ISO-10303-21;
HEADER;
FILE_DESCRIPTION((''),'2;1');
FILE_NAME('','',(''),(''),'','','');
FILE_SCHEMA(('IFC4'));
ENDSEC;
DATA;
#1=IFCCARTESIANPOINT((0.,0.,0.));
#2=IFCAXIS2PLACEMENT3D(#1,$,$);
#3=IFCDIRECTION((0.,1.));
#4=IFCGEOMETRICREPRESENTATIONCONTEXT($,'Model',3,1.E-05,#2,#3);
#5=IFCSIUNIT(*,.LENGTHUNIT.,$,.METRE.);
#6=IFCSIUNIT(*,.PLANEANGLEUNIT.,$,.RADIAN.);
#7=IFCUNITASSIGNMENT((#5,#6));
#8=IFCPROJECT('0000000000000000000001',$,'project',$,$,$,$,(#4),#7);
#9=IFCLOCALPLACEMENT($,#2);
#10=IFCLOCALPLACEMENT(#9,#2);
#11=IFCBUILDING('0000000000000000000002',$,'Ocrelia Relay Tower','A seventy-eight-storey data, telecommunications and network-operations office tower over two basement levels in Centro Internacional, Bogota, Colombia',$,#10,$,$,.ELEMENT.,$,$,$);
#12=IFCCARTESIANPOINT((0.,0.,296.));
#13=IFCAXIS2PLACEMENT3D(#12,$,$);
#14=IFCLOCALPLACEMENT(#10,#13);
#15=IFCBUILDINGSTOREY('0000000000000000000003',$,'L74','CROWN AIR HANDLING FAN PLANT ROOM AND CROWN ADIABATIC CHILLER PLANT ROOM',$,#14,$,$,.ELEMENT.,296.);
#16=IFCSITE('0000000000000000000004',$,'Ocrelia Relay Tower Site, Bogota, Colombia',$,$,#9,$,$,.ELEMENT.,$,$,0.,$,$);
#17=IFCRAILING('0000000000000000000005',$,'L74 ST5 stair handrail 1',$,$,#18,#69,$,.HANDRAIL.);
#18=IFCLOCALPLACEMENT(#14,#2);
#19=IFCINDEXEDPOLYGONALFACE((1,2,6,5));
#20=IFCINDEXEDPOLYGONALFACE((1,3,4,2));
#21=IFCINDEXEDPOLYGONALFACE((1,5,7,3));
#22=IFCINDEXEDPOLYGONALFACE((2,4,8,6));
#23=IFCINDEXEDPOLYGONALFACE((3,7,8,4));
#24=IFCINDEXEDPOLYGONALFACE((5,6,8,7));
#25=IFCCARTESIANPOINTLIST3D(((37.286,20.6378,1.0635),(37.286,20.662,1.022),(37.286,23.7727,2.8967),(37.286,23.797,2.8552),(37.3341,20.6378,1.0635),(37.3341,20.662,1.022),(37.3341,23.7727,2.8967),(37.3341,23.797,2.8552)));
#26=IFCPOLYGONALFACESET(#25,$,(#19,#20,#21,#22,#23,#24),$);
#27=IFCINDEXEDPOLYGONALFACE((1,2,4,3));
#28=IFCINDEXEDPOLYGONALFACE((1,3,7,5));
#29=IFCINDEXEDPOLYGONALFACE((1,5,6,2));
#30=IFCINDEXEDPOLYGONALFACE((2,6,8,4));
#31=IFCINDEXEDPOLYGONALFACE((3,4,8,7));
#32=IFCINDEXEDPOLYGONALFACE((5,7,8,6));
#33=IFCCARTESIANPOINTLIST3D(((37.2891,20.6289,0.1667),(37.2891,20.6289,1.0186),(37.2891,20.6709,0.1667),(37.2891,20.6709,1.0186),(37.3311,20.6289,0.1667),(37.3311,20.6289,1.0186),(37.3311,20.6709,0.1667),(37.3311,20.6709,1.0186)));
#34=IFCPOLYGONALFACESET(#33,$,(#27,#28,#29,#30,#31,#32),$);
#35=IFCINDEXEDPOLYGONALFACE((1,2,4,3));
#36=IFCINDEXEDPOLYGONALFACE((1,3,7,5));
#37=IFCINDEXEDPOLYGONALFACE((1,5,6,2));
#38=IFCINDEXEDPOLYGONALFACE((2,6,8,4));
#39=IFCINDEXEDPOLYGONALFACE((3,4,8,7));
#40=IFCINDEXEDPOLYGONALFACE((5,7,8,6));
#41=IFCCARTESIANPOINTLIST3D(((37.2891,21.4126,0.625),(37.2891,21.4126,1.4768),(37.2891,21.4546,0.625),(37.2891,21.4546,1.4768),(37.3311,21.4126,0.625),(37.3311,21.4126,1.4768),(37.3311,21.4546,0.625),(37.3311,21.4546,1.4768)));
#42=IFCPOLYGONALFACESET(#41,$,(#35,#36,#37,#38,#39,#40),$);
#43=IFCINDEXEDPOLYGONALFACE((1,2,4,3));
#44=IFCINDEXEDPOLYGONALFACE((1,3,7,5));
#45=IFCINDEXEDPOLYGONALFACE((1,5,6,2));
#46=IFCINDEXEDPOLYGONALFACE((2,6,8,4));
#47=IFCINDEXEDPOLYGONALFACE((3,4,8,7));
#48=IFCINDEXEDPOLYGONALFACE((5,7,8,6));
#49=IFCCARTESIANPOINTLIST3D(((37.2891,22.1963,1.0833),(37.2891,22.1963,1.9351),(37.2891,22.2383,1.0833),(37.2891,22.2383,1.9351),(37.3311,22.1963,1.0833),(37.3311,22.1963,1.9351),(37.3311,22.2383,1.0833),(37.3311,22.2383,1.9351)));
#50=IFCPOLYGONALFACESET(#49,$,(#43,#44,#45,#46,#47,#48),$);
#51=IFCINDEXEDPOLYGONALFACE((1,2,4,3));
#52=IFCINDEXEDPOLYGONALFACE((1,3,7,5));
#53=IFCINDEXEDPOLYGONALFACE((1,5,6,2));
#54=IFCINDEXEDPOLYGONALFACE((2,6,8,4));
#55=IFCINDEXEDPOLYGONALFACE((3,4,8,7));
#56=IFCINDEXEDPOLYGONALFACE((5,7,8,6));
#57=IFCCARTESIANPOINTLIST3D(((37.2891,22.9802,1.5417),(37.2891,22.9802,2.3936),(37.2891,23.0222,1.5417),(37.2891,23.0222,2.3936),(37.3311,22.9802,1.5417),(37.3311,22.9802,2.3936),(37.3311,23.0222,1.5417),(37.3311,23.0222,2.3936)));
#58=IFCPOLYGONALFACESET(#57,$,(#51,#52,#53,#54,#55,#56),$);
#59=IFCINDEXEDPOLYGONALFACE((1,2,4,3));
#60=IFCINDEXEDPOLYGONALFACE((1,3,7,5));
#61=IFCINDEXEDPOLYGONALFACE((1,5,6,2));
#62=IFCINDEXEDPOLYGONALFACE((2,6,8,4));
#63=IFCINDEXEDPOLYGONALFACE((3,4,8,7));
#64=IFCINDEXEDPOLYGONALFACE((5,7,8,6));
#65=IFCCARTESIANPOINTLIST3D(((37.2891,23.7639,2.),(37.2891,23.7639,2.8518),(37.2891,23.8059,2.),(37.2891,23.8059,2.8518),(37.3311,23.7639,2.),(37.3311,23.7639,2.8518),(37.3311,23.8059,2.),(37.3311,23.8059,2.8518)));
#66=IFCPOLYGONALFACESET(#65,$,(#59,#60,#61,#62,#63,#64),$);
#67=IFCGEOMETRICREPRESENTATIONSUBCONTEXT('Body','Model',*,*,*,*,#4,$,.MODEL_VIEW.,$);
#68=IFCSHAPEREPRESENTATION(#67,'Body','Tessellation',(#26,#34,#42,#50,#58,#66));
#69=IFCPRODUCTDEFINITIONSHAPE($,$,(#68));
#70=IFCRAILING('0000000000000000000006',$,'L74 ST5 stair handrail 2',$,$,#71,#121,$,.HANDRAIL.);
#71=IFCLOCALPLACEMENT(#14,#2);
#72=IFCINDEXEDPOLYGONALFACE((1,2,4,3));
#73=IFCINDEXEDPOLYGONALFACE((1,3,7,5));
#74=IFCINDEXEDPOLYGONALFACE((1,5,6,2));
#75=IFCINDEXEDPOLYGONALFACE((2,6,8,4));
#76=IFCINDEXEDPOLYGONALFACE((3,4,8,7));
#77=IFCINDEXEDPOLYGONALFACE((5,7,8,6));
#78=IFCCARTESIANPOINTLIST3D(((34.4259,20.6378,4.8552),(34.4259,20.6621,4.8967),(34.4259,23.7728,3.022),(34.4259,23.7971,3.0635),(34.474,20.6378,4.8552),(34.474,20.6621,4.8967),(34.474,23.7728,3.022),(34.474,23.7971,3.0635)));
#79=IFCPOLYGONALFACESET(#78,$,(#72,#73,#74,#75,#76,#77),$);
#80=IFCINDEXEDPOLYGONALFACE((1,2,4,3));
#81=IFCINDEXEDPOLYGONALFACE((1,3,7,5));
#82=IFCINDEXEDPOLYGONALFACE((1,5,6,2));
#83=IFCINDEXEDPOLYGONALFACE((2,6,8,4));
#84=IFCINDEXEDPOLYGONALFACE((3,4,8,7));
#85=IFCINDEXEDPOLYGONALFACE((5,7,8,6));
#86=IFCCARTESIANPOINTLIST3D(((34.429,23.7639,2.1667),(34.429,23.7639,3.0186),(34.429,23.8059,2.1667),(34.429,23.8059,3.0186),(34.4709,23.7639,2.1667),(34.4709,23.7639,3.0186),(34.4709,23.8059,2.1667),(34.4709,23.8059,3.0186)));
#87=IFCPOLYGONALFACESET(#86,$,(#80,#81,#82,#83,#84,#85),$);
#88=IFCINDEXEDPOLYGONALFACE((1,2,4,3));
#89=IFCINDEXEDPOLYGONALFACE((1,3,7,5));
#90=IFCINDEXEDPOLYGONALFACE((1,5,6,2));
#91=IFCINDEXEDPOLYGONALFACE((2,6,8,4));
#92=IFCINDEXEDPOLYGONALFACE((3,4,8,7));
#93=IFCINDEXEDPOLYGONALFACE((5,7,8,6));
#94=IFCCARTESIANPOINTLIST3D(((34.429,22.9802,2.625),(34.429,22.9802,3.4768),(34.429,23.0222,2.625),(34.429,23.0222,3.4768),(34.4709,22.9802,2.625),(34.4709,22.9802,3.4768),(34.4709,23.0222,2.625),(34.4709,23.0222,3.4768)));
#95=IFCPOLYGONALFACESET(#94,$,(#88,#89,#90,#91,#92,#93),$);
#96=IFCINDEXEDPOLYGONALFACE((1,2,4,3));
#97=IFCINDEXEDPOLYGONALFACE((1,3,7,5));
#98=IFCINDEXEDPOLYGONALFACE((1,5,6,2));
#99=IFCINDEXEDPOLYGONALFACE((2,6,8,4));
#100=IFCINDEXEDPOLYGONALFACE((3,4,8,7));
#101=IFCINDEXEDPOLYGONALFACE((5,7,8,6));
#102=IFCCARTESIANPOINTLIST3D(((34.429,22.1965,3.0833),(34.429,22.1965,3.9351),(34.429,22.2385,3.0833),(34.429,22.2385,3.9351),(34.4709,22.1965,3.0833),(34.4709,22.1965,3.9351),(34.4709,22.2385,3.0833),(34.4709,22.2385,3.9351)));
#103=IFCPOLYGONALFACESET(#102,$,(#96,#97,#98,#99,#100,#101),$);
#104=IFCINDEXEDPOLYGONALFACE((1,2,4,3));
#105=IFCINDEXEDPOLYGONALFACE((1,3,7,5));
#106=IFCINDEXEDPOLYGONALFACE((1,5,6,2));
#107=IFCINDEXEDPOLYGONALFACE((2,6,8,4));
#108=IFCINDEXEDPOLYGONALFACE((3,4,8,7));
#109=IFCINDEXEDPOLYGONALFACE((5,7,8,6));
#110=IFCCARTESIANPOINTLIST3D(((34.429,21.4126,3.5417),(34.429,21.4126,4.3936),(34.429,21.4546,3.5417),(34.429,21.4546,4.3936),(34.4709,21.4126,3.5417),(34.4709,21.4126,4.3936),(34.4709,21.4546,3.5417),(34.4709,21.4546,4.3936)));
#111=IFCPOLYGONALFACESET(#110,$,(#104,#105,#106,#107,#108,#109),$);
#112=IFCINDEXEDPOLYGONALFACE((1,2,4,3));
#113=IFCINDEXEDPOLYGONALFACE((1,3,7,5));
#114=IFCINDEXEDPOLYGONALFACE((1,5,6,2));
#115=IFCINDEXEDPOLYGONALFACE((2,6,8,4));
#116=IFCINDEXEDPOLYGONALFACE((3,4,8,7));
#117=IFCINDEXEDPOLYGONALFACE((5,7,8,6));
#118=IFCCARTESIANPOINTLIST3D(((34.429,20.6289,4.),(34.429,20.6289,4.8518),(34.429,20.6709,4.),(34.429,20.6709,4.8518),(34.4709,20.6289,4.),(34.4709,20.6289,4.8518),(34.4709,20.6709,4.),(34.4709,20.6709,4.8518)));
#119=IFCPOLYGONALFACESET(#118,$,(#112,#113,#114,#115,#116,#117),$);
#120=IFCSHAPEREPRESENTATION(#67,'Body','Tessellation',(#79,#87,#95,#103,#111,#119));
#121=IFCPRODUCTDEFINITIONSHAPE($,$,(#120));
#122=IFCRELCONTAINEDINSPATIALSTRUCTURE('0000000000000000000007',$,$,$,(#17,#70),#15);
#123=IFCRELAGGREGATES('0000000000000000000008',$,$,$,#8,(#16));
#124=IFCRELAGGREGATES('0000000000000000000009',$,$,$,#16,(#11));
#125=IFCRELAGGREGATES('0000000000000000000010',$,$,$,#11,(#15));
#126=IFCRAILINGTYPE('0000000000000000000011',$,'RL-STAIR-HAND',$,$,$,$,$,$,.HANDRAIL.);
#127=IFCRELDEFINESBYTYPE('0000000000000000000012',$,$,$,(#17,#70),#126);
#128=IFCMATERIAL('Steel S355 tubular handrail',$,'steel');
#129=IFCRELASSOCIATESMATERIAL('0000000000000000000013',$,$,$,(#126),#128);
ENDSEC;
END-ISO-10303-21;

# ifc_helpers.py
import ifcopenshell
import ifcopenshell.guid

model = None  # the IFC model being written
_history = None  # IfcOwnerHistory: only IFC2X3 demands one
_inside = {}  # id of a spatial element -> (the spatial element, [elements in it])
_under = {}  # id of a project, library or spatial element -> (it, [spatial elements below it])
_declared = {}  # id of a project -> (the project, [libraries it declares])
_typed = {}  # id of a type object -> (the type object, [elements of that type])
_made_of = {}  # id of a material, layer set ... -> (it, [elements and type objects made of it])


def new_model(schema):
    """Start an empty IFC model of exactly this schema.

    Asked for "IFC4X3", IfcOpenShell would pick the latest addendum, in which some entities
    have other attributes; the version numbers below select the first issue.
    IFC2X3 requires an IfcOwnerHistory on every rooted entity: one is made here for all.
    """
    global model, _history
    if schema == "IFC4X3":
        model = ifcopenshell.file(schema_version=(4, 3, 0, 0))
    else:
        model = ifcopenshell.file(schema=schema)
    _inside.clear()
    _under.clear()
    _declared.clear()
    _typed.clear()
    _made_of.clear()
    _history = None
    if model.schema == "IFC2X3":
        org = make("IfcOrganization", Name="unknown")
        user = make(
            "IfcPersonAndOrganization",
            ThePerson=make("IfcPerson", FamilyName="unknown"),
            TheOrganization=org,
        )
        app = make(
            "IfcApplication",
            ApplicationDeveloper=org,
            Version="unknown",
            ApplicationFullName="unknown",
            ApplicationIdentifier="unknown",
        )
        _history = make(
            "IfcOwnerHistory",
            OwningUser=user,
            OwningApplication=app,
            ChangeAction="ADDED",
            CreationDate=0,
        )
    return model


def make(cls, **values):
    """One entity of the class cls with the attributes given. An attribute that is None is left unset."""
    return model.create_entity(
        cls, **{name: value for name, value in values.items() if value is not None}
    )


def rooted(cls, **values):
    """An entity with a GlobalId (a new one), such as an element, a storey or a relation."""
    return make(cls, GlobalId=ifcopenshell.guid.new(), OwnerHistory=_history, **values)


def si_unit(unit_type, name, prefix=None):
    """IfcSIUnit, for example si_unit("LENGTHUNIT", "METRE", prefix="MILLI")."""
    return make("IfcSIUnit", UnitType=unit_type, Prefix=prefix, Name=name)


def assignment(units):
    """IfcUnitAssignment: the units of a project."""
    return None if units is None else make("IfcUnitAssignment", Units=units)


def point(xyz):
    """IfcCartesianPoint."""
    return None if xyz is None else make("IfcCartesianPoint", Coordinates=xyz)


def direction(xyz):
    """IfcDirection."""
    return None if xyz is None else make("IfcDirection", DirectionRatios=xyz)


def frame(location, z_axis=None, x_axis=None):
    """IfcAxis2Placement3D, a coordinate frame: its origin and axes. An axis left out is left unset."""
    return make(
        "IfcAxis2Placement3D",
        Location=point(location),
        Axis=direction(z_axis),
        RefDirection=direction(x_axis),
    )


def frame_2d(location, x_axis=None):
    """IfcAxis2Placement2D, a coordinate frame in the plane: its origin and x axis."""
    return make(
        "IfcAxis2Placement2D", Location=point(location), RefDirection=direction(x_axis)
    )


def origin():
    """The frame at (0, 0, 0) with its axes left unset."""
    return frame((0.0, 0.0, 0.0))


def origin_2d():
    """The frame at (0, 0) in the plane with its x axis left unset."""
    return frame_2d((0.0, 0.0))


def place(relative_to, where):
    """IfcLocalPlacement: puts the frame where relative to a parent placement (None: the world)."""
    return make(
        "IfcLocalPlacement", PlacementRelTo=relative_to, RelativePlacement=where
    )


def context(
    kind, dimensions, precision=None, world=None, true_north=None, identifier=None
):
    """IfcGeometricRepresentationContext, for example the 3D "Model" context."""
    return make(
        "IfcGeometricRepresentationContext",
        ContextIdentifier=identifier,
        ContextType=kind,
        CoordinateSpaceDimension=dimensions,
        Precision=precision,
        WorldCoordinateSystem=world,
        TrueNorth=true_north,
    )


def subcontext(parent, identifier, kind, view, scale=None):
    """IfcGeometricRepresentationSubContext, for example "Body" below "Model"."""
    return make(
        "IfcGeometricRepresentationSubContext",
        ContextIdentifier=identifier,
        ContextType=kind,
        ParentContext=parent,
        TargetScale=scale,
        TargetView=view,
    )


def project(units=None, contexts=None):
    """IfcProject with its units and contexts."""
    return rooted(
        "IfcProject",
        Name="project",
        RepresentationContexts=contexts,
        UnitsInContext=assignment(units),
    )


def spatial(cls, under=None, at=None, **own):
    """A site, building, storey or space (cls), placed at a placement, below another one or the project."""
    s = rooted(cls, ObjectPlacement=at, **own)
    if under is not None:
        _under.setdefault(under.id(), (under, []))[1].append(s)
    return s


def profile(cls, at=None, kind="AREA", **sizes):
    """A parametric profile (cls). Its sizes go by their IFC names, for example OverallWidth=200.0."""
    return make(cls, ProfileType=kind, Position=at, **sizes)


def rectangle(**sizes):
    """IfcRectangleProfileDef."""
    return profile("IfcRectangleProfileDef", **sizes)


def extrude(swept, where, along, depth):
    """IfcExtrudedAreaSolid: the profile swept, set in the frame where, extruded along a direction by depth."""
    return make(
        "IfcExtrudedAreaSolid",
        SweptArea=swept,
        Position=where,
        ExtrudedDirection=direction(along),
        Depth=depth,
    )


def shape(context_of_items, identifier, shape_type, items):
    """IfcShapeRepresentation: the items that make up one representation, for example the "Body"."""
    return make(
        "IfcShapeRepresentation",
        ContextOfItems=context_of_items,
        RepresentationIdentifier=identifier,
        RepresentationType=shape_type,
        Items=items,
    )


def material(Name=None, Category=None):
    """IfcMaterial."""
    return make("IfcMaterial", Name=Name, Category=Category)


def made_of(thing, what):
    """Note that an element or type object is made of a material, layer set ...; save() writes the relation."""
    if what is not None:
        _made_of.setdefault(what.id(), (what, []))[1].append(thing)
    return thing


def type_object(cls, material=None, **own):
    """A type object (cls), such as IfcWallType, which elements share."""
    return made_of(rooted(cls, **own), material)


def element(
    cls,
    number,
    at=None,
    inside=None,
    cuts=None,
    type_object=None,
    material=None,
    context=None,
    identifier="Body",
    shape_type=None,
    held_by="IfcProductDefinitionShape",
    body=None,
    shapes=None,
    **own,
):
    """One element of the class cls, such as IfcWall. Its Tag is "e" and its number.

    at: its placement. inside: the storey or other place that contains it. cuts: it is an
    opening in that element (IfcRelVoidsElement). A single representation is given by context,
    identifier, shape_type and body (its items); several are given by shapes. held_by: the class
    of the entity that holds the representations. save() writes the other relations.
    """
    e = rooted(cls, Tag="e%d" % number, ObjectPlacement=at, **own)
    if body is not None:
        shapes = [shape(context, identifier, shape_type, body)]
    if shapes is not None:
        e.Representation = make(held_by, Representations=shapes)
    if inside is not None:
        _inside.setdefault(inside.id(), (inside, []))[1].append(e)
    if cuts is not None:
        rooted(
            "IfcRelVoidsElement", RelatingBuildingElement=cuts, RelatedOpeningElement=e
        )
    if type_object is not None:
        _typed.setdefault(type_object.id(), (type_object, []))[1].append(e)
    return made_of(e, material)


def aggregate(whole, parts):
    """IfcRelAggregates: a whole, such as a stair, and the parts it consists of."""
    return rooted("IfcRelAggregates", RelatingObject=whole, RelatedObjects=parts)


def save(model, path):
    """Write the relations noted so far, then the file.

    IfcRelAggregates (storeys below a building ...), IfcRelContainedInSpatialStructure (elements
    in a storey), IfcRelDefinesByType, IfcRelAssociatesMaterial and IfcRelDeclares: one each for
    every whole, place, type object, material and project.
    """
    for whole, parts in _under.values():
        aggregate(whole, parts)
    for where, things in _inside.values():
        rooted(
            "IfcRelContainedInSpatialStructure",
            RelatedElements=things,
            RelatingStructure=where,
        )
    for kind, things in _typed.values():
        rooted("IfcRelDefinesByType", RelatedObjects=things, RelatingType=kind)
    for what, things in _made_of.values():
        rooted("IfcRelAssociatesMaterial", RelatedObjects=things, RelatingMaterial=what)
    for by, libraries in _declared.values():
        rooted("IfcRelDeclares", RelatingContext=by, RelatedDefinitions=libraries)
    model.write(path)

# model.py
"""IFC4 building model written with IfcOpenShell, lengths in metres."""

from ifc_helpers import new_model, si_unit, direction, frame, origin, origin_2d, place, context, subcontext, project, spatial, rectangle, extrude, material, type_object, element, save


model = new_model("IFC4")

# Units and contexts
model_context = context("Model", 3, precision=1e-05, world=origin(), true_north=direction((0.0, 1.0)))
body_context = subcontext(model_context, "Body", "Model", "MODEL_VIEW")
ifc_project = project(units=[si_unit("LENGTHUNIT", "METRE"), si_unit("PLANEANGLEUNIT", "RADIAN")], contexts=[model_context])

# Site, building, storey
site_placement = place(None, origin())
site = spatial("IfcSite", under=ifc_project, at=site_placement, Name="Ocrelia Relay Tower Site, Bogota, Colombia", CompositionType="ELEMENT", RefElevation=0.0)
building_placement = place(site_placement, origin())
building = spatial("IfcBuilding", under=site, at=building_placement, Name="Ocrelia Relay Tower", Description="A seventy-eight-storey data, telecommunications and network-operations office tower over two basement levels in Centro Internacional, Bogota, Colombia", CompositionType="ELEMENT")
storey_placement = place(building_placement, frame((0.0, 0.0, 296.0)))
storey = spatial("IfcBuildingStorey", under=building, at=storey_placement, Name="L74", Description="CROWN AIR HANDLING FAN PLANT ROOM AND CROWN ADIABATIC CHILLER PLANT ROOM", CompositionType="ELEMENT", Elevation=296.0)

# Railings
ifc_material_1 = material(Name="Steel S355 tubular handrail", Category="steel")
railing_type_1 = type_object("IfcRailingType", Name="RL-STAIR-HAND", PredefinedType="HANDRAIL", material=ifc_material_1)
railing_1_placement = place(storey_placement, frame((37.3101, 20.6499, 0.1667)))
element("IfcRailing", 1, at=railing_1_placement, inside=storey, type_object=railing_type_1, Name="L74 ST5 stair handrail 1", PredefinedType="HANDRAIL", context=body_context, shape_type="SweptSolid", body=[
    extrude(rectangle(XDim=0.0481, YDim=0.0481, at=origin_2d()), frame((0.0, 0.0, 0.876), z_axis=(0.0, 0.86324, 0.504794), x_axis=(-1.0, 0.0, 0.0)), (0.0, 0.0, 1.0), 3.6316),
    extrude(rectangle(XDim=0.042, YDim=0.042, at=origin_2d()), origin(), (0.0, 0.0, 1.0), 0.8518),
    extrude(rectangle(XDim=0.042, YDim=0.042, at=origin_2d()), frame((0.0, 0.7837, 0.4583)), (0.0, 0.0, 1.0), 0.8518),
    extrude(rectangle(XDim=0.042, YDim=0.042, at=origin_2d()), frame((0.0, 1.5674, 0.9165)), (0.0, 0.0, 1.0), 0.8518),
    extrude(rectangle(XDim=0.042, YDim=0.042, at=origin_2d()), frame((0.0, 2.3513, 1.375)), (0.0, 0.0, 1.0), 0.8518),
    extrude(rectangle(XDim=0.042, YDim=0.042, at=origin_2d()), frame((0.0, 3.135, 1.8333)), (0.0, 0.0, 1.0), 0.8518),
])
railing_2_placement = place(storey_placement, frame((34.45, 23.7849, 2.1667)))
element("IfcRailing", 2, at=railing_2_placement, inside=storey, type_object=railing_type_1, Name="L74 ST5 stair handrail 2", PredefinedType="HANDRAIL", context=body_context, shape_type="SweptSolid", body=[
    extrude(rectangle(XDim=0.0481, YDim=0.0481, at=origin_2d()), frame((0.0, 0.0, 0.876), z_axis=(0.0, -0.86324, 0.504794), x_axis=(1.0, 0.0, 0.0)), (0.0, 0.0, 1.0), 3.6316),
    extrude(rectangle(XDim=0.042, YDim=0.042, at=origin_2d()), origin(), (0.0, 0.0, 1.0), 0.8518),
    extrude(rectangle(XDim=0.042, YDim=0.042, at=origin_2d()), frame((0.0, -0.7837, 0.4583)), (0.0, 0.0, 1.0), 0.8518),
    extrude(rectangle(XDim=0.042, YDim=0.042, at=origin_2d()), frame((0.0, -1.5674, 0.9165)), (0.0, 0.0, 1.0), 0.8518),
    extrude(rectangle(XDim=0.042, YDim=0.042, at=origin_2d()), frame((0.0, -2.3513, 1.375)), (0.0, 0.0, 1.0), 0.8518),
    extrude(rectangle(XDim=0.042, YDim=0.042, at=origin_2d()), frame((0.0, -3.135, 1.8333)), (0.0, 0.0, 1.0), 0.8518),
])

save(model, "model.ifc")
